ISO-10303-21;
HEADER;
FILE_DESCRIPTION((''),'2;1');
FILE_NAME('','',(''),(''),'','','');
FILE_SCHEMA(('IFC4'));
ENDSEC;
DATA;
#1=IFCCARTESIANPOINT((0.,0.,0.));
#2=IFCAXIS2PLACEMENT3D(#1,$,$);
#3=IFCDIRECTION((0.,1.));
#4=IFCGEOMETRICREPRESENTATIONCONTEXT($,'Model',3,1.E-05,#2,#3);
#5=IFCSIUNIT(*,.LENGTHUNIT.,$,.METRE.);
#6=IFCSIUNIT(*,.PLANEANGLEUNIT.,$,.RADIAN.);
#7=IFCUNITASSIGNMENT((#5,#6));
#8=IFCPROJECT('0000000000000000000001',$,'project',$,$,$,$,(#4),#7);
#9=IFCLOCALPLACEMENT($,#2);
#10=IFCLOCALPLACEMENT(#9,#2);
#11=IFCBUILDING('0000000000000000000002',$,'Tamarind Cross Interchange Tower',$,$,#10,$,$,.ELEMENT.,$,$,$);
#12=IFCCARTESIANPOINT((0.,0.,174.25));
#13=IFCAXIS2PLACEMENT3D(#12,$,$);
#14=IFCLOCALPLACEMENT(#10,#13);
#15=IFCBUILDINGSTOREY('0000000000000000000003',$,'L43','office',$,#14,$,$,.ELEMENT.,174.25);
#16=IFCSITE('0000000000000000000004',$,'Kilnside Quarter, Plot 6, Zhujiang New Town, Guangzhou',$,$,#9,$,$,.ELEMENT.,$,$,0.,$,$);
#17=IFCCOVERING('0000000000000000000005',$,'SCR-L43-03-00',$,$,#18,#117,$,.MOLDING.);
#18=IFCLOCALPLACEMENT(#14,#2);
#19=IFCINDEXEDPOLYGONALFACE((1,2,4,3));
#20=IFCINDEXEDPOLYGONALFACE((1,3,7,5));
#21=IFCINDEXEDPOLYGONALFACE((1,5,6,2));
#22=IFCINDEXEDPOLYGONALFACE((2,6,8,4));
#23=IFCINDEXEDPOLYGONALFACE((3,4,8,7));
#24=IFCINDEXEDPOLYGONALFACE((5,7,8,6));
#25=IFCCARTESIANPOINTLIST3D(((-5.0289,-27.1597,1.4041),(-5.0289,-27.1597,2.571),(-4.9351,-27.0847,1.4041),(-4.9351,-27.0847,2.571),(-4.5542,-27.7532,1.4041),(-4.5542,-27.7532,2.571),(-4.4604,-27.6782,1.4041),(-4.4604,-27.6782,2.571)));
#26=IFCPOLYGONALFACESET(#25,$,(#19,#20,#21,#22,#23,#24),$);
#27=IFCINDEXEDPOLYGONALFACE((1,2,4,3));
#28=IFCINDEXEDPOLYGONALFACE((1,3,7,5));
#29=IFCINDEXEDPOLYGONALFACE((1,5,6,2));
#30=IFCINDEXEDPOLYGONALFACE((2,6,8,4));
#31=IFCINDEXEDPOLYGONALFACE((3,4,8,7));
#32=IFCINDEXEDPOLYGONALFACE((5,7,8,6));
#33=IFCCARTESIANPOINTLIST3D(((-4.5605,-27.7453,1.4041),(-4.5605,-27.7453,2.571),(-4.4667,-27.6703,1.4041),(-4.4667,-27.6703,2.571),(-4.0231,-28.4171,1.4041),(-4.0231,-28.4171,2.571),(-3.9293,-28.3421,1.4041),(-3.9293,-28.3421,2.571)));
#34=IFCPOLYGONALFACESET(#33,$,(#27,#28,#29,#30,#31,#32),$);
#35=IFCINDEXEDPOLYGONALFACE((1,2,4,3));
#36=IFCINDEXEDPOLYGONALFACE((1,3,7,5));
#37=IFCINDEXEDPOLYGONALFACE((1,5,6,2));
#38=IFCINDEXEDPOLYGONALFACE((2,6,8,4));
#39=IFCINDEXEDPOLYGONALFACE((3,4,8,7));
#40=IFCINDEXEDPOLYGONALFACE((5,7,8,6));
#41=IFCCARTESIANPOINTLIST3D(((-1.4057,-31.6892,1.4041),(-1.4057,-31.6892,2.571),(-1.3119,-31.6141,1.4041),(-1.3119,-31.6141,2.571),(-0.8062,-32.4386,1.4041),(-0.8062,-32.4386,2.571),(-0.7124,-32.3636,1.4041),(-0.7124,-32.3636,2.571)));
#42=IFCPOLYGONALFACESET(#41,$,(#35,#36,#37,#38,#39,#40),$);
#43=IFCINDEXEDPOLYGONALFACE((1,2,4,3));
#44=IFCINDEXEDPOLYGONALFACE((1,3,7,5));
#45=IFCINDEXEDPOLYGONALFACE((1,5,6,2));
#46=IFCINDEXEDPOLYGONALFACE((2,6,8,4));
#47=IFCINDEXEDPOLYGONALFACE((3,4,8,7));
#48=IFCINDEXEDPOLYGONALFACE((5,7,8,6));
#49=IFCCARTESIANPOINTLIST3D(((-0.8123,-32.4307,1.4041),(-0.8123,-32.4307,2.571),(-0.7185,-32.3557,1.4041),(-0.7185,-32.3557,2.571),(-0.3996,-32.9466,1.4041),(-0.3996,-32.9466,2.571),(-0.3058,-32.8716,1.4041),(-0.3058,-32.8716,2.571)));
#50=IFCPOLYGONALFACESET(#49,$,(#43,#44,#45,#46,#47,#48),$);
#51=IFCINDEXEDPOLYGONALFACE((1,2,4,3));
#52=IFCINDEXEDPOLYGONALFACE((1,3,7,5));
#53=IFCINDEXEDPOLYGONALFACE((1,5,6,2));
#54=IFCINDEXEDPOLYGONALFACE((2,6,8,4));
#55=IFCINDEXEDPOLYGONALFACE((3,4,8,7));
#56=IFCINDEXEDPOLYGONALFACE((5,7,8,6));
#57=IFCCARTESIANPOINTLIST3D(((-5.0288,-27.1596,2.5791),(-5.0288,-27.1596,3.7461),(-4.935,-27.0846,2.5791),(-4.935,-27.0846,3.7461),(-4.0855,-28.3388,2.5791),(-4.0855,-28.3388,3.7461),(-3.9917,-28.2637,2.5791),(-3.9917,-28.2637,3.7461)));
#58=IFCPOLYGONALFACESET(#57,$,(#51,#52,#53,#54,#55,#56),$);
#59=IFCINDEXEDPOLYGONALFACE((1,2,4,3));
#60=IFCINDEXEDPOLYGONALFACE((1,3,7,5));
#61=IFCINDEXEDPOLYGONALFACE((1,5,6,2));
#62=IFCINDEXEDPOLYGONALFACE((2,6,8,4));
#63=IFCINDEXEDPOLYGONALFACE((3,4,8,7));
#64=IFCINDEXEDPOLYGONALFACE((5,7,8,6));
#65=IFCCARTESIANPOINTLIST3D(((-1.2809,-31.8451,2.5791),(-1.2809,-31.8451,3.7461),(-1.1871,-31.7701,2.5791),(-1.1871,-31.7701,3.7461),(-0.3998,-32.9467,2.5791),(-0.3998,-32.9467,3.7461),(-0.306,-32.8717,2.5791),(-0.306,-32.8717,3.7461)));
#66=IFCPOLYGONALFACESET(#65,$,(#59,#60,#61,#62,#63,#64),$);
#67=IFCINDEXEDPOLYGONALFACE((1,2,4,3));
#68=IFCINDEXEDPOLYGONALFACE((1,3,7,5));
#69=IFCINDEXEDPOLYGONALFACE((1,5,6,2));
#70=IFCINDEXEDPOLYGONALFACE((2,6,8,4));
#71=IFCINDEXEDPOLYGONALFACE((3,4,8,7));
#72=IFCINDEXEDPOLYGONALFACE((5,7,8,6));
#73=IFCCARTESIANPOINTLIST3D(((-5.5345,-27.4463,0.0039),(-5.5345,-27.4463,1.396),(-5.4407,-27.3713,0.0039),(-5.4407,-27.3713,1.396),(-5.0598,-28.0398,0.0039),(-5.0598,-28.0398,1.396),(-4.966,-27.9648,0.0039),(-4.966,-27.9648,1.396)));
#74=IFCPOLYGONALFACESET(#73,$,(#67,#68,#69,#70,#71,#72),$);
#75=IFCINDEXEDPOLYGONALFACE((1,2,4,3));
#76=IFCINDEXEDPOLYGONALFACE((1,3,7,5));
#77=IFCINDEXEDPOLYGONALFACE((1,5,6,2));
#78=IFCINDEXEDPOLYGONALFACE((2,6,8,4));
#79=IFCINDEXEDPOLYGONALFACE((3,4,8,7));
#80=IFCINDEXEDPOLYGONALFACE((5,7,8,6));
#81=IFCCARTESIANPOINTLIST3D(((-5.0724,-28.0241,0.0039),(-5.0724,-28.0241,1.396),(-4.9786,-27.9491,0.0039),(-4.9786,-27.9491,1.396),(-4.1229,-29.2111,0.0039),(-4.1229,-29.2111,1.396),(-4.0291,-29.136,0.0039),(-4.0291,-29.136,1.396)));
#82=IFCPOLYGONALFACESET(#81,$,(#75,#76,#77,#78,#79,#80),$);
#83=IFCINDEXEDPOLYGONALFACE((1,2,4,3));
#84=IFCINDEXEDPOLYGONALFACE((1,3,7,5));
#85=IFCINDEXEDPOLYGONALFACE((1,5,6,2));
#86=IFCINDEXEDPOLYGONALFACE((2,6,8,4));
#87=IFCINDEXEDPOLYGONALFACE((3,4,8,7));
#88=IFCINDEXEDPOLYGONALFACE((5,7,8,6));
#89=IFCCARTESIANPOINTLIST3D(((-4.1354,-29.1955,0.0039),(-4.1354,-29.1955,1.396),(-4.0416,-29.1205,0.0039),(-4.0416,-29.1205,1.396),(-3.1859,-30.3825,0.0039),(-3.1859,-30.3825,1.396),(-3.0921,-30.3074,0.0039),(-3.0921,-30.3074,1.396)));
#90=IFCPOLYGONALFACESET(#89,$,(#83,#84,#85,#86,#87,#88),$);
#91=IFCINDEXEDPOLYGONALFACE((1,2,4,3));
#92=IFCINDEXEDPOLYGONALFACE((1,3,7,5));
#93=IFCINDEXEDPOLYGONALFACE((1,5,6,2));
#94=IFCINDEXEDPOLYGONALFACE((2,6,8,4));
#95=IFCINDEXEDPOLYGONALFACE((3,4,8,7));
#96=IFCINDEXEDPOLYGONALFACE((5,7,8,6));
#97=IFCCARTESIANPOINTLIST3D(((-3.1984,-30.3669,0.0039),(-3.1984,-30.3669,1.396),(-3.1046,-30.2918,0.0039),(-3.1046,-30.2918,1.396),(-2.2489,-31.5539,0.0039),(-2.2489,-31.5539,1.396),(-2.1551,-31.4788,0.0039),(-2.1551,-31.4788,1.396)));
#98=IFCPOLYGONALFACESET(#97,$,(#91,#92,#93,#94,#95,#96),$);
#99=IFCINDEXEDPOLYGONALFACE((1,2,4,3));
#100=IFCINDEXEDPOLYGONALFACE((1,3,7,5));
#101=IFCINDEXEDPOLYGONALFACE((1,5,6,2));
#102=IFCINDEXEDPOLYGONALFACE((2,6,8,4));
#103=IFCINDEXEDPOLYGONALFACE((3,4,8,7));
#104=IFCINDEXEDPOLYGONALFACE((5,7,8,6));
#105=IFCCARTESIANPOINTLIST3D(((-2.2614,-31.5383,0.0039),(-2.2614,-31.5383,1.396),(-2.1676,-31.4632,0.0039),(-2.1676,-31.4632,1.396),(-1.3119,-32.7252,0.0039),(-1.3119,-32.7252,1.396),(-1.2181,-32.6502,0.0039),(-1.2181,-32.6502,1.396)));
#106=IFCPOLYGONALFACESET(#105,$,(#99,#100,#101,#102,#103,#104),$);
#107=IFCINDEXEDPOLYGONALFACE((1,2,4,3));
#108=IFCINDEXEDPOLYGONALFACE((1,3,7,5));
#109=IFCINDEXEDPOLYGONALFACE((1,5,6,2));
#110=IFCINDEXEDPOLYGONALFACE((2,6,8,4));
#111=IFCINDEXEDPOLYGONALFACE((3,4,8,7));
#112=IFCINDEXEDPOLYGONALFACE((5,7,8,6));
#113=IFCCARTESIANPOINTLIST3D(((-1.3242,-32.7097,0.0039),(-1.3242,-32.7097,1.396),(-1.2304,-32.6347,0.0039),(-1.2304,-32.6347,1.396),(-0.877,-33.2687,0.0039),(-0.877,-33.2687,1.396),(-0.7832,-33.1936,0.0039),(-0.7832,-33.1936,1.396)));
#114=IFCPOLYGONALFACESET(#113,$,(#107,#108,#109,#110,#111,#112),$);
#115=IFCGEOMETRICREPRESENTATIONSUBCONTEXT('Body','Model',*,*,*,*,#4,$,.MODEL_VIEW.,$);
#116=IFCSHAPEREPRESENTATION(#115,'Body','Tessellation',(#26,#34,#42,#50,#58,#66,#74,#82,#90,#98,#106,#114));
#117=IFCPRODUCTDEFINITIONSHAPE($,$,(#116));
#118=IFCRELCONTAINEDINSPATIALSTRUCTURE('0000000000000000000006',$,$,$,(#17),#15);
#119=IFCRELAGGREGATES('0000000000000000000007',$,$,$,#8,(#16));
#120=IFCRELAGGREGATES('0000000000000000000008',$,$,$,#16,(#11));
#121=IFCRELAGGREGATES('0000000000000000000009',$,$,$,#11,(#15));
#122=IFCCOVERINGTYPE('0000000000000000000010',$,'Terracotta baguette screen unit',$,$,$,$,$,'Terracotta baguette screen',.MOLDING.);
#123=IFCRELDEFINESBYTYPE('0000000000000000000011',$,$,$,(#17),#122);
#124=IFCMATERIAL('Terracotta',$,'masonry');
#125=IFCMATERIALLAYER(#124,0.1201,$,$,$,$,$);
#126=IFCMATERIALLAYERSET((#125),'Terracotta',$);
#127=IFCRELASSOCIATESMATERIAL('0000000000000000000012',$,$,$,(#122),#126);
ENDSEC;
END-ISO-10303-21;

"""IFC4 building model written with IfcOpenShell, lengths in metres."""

from ifc_helpers import new_model, si_unit, direction, frame, origin, origin_2d, place, context, subcontext, project, spatial, rectangle, extrude, material, layer, layer_set, type_object, element, save


model = new_model("IFC4")

# Units and contexts
model_context = context("Model", 3, precision=1e-05, world=origin(), true_north=direction((0.0, 1.0)))
body_context = subcontext(model_context, "Body", "Model", "MODEL_VIEW")
ifc_project = project(units=[si_unit("LENGTHUNIT", "METRE"), si_unit("PLANEANGLEUNIT", "RADIAN")], contexts=[model_context])

# Site, building, storey
site_placement = place(None, origin())
site = spatial("IfcSite", under=ifc_project, at=site_placement, Name="Kilnside Quarter, Plot 6, Zhujiang New Town, Guangzhou", CompositionType="ELEMENT", RefElevation=0.0)
building_placement = place(site_placement, origin())
building = spatial("IfcBuilding", under=site, at=building_placement, Name="Tamarind Cross Interchange Tower", CompositionType="ELEMENT")
storey_placement = place(building_placement, frame((0.0, 0.0, 174.25)))
storey = spatial("IfcBuildingStorey", under=building, at=storey_placement, Name="L43", Description="office", CompositionType="ELEMENT", Elevation=174.25)

# Covering
ifc_material_1 = material(Name="Terracotta", Category="masonry")
ifc_layer_1 = layer(ifc_material_1, 0.1201)
ifc_layer_set_1 = layer_set([ifc_layer_1], Name="Terracotta")
covering_type = type_object("IfcCoveringType", Name="Terracotta baguette screen unit", ElementType="Terracotta baguette screen", PredefinedType="MOLDING", material=ifc_layer_set_1)
covering_1_placement = place(storey_placement, origin())
element("IfcCovering", 1, at=covering_1_placement, inside=storey, type_object=covering_type, Name="SCR-L43-03-00", PredefinedType="MOLDING", context=body_context, shape_type="SweptSolid", body=[
    extrude(rectangle(XDim=0.76, YDim=0.1201, at=origin_2d()), frame((-4.7446, -27.4189, 1.4041), z_axis=(0.0, 0.0, 1.0), x_axis=(0.624665, -0.780893, 0.0)), (0.0, 0.0, 1.0), 1.167),
    extrude(rectangle(XDim=0.8604, YDim=0.1201, at=origin_2d()), frame((-4.2449, -28.0437, 1.4041), z_axis=(0.0, 0.0, 1.0), x_axis=(0.624665, -0.780893, 0.0)), (0.0, 0.0, 1.0), 1.167),
    extrude(rectangle(XDim=0.9597, YDim=0.1201, at=origin_2d()), frame((-1.0591, -32.0264, 1.4041), z_axis=(0.0, 0.0, 1.0), x_axis=(0.624665, -0.780893, 0.0)), (0.0, 0.0, 1.0), 1.167),
    extrude(rectangle(XDim=0.6606, YDim=0.1201, at=origin_2d()), frame((-0.5591, -32.6511, 1.4041), z_axis=(0.0, 0.0, 1.0), x_axis=(0.624665, -0.780893, 0.0)), (0.0, 0.0, 1.0), 1.167),
    extrude(rectangle(XDim=1.51, YDim=0.1201, at=origin_2d()), frame((-4.5103, -27.7117, 2.5791), z_axis=(0.0, 0.0, 1.0), x_axis=(0.624665, -0.780893, 0.0)), (0.0, 0.0, 1.0), 1.167),
    extrude(rectangle(XDim=1.4106, YDim=0.1201, at=origin_2d()), frame((-0.7935, -32.3584, 2.5791), z_axis=(0.0, 0.0, 1.0), x_axis=(0.624665, -0.780893, 0.0)), (0.0, 0.0, 1.0), 1.167),
    extrude(rectangle(XDim=0.76, YDim=0.1201, at=origin_2d()), frame((-5.2502, -27.7056, 0.0039), z_axis=(0.0, 0.0, 1.0), x_axis=(0.624665, -0.780893, 0.0)), (0.0, 0.0, 1.0), 1.3921),
    extrude(rectangle(XDim=1.52, YDim=0.1201, at=origin_2d()), frame((-4.5508, -28.5801, 0.0039), z_axis=(0.0, 0.0, 1.0), x_axis=(0.624665, -0.780893, 0.0)), (0.0, 0.0, 1.0), 1.3921),
    extrude(rectangle(XDim=1.52, YDim=0.1201, at=origin_2d()), frame((-3.6138, -29.7515, 0.0039), z_axis=(0.0, 0.0, 1.0), x_axis=(0.624665, -0.780893, 0.0)), (0.0, 0.0, 1.0), 1.3921),
    extrude(rectangle(XDim=1.52, YDim=0.1201, at=origin_2d()), frame((-2.6768, -30.9229, 0.0039), z_axis=(0.0, 0.0, 1.0), x_axis=(0.624665, -0.780893, 0.0)), (0.0, 0.0, 1.0), 1.3921),
    extrude(rectangle(XDim=1.52, YDim=0.1201, at=origin_2d()), frame((-1.7397, -32.0942, 0.0039), z_axis=(0.0, 0.0, 1.0), x_axis=(0.624665, -0.780893, 0.0)), (0.0, 0.0, 1.0), 1.3921),
    extrude(rectangle(XDim=0.7158, YDim=0.1201, at=origin_2d()), frame((-1.0537, -32.9517, 0.0039), z_axis=(0.0, 0.0, 1.0), x_axis=(0.624665, -0.780893, 0.0)), (0.0, 0.0, 1.0), 1.3921),
])

save(model, "model.ifc")
